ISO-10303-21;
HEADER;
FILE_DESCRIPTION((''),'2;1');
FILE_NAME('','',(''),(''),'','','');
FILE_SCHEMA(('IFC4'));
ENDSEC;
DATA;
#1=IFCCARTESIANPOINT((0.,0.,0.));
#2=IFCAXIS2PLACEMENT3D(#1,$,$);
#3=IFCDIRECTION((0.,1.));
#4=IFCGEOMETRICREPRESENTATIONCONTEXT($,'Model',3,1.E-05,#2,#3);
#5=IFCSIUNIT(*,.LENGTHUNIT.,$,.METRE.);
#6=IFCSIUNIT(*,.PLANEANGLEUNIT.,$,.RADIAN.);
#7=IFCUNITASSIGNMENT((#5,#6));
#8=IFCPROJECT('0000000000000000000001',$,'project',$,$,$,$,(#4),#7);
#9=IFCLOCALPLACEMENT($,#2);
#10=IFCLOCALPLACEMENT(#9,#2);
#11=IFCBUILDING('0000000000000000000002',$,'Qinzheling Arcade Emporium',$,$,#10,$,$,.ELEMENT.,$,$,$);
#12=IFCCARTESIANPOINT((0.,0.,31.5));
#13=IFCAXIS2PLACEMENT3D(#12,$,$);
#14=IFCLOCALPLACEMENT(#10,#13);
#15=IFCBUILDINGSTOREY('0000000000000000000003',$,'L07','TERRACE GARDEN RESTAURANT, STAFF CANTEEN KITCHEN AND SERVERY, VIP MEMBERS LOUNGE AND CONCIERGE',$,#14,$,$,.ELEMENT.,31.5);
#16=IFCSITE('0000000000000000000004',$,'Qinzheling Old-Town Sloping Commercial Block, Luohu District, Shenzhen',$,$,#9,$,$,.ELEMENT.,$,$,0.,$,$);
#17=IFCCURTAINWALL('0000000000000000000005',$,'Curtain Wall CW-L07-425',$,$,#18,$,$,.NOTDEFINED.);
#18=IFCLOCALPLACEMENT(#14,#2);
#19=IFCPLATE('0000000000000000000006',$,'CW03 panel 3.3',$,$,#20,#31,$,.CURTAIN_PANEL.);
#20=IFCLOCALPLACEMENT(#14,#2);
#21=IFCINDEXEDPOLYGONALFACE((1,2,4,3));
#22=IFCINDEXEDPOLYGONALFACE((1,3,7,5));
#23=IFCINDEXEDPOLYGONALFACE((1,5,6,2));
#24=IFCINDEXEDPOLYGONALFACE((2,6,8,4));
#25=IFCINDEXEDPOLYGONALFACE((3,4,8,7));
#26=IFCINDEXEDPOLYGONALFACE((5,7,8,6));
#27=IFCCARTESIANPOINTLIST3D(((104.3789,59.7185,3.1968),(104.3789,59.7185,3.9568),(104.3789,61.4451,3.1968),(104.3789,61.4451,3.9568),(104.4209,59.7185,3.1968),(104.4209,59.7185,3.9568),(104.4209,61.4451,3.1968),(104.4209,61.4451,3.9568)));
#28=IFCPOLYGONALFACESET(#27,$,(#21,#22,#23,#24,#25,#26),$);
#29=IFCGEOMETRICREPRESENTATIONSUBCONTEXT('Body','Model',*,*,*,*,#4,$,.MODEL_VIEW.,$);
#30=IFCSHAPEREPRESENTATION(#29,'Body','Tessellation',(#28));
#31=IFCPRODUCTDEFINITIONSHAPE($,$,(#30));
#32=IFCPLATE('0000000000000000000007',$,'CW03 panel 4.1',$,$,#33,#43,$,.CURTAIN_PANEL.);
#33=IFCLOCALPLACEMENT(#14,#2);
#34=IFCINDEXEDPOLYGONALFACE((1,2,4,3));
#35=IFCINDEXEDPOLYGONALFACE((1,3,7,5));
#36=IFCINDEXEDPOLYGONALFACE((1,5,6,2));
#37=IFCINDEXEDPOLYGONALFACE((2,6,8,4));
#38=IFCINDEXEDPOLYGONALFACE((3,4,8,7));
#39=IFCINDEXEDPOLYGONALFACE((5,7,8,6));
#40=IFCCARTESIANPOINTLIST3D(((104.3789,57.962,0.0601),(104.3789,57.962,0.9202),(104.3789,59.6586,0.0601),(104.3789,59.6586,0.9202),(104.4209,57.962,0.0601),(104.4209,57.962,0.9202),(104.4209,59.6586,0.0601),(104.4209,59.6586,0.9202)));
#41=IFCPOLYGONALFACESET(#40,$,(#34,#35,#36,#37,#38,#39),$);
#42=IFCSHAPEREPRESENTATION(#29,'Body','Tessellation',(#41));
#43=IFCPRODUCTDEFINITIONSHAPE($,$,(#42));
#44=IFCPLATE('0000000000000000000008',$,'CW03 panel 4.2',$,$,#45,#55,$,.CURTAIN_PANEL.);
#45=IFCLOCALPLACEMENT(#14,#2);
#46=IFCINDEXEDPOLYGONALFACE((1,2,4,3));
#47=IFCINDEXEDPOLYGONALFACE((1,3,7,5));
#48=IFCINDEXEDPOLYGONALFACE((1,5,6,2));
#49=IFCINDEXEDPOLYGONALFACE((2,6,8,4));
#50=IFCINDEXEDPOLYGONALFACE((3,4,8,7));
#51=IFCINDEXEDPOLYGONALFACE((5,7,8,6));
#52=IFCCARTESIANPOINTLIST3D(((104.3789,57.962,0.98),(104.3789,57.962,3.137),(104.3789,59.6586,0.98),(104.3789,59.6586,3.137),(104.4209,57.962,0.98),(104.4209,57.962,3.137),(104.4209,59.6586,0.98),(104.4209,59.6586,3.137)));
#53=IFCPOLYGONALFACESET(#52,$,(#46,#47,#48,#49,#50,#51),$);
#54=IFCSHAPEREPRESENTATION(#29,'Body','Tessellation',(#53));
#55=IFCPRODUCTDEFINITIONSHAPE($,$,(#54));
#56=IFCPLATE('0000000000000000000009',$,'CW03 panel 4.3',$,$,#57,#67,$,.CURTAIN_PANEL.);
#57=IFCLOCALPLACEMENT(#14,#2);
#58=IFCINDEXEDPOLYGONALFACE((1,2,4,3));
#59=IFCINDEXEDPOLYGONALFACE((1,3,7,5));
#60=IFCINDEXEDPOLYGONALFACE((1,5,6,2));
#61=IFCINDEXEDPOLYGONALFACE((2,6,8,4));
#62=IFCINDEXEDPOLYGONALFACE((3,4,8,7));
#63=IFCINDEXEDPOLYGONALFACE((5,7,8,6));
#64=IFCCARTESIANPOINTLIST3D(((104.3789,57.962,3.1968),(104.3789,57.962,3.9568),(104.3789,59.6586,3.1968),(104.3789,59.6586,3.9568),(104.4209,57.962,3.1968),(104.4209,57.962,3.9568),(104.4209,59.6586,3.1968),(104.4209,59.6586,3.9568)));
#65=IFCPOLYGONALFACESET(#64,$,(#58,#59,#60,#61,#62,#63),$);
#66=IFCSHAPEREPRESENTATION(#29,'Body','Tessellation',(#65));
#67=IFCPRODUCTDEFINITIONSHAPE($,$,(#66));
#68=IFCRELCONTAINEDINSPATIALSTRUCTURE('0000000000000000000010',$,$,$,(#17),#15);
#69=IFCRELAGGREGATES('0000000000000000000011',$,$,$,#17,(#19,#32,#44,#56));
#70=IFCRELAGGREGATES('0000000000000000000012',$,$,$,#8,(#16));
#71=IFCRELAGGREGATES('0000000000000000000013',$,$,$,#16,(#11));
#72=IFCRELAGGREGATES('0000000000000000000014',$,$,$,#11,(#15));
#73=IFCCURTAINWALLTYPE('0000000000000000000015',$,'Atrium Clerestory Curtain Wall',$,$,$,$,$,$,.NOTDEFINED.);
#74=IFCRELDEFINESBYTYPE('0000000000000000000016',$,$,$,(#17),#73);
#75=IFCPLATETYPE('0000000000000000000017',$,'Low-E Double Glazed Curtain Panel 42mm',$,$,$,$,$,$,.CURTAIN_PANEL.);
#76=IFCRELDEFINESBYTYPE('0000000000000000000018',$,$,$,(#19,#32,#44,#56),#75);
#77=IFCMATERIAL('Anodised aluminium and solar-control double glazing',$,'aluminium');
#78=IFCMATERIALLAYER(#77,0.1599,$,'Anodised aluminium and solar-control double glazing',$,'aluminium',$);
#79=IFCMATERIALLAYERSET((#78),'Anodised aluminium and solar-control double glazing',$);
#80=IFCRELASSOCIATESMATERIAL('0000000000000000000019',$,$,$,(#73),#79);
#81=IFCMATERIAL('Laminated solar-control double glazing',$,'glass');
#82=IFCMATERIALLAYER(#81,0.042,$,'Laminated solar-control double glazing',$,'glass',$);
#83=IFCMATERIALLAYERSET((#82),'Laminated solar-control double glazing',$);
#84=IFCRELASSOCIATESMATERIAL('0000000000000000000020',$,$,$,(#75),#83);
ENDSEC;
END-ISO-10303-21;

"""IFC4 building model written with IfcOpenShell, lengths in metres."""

from ifc_helpers import new_model, si_unit, direction, frame, origin, origin_2d, place, context, subcontext, project, spatial, rectangle, extrude, material, layer, layer_set, type_object, element, aggregate, save


model = new_model("IFC4")

# Units and contexts
model_context = context("Model", 3, precision=1e-05, world=origin(), true_north=direction((0.0, 1.0)))
body_context = subcontext(model_context, "Body", "Model", "MODEL_VIEW")
ifc_project = project(units=[si_unit("LENGTHUNIT", "METRE"), si_unit("PLANEANGLEUNIT", "RADIAN")], contexts=[model_context])

# Site, building, storey
site_placement = place(None, origin())
site = spatial("IfcSite", under=ifc_project, at=site_placement, Name="Qinzheling Old-Town Sloping Commercial Block, Luohu District, Shenzhen", CompositionType="ELEMENT", RefElevation=0.0)
building_placement = place(site_placement, origin())
building = spatial("IfcBuilding", under=site, at=building_placement, Name="Qinzheling Arcade Emporium", CompositionType="ELEMENT")
storey_placement = place(building_placement, frame((0.0, 0.0, 31.5)))
storey = spatial("IfcBuildingStorey", under=building, at=storey_placement, Name="L07", Description="TERRACE GARDEN RESTAURANT, STAFF CANTEEN KITCHEN AND SERVERY, VIP MEMBERS LOUNGE AND CONCIERGE", CompositionType="ELEMENT", Elevation=31.5)

# Curtain wall
ifc_material_1 = material(Name="Anodised aluminium and solar-control double glazing", Category="aluminium")
ifc_layer_1 = layer(ifc_material_1, 0.1599, Name="Anodised aluminium and solar-control double glazing", Category="aluminium")
ifc_layer_set_1 = layer_set([ifc_layer_1], Name="Anodised aluminium and solar-control double glazing")
curtain_wall_type = type_object("IfcCurtainWallType", Name="Atrium Clerestory Curtain Wall", PredefinedType="NOTDEFINED", material=ifc_layer_set_1)
curtain_wall_1_placement = place(storey_placement, origin())
curtain_wall_1 = element("IfcCurtainWall", 1, at=curtain_wall_1_placement, inside=storey, type_object=curtain_wall_type, Name="Curtain Wall CW-L07-425", PredefinedType="NOTDEFINED")

# Plates
ifc_material_2 = material(Name="Laminated solar-control double glazing", Category="glass")
ifc_layer_2 = layer(ifc_material_2, 0.042, Name="Laminated solar-control double glazing", Category="glass")
ifc_layer_set_2 = layer_set([ifc_layer_2], Name="Laminated solar-control double glazing")
plate_type = type_object("IfcPlateType", Name="Low-E Double Glazed Curtain Panel 42mm", PredefinedType="CURTAIN_PANEL", material=ifc_layer_set_2)
plate_1_placement = place(storey_placement, frame((104.3999, 60.5818, 3.1968), z_axis=(0.0, 0.0, 1.0), x_axis=(0.0, -1.0, 0.0)))
plate_1 = element("IfcPlate", 2, at=plate_1_placement, type_object=plate_type, Name="CW03 panel 3.3", PredefinedType="CURTAIN_PANEL", context=body_context, shape_type="SweptSolid", body=[
    extrude(rectangle(XDim=1.7266, YDim=0.042, at=origin_2d()), origin(), (0.0, 0.0, 1.0), 0.76),
])
plate_2_placement = place(storey_placement, frame((104.3999, 58.8103, 0.0601), z_axis=(0.0, 0.0, 1.0), x_axis=(0.0, -1.0, 0.0)))
plate_2 = element("IfcPlate", 3, at=plate_2_placement, type_object=plate_type, Name="CW03 panel 4.1", PredefinedType="CURTAIN_PANEL", context=body_context, shape_type="SweptSolid", body=[
    extrude(rectangle(XDim=1.6965, YDim=0.042, at=origin_2d()), origin(), (0.0, 0.0, 1.0), 0.8601),
])
plate_3_placement = place(storey_placement, frame((104.3999, 58.8103, 0.98), z_axis=(0.0, 0.0, 1.0), x_axis=(0.0, -1.0, 0.0)))
plate_3 = element("IfcPlate", 4, at=plate_3_placement, type_object=plate_type, Name="CW03 panel 4.2", PredefinedType="CURTAIN_PANEL", context=body_context, shape_type="SweptSolid", body=[
    extrude(rectangle(XDim=1.6965, YDim=0.042, at=origin_2d()), origin(), (0.0, 0.0, 1.0), 2.157),
])
plate_4_placement = place(storey_placement, frame((104.3999, 58.8103, 3.1968), z_axis=(0.0, 0.0, 1.0), x_axis=(0.0, -1.0, 0.0)))
plate_4 = element("IfcPlate", 5, at=plate_4_placement, type_object=plate_type, Name="CW03 panel 4.3", PredefinedType="CURTAIN_PANEL", context=body_context, shape_type="SweptSolid", body=[
    extrude(rectangle(XDim=1.6965, YDim=0.042, at=origin_2d()), origin(), (0.0, 0.0, 1.0), 0.76),
])
aggregate(curtain_wall_1, [plate_1, plate_2, plate_3, plate_4])

save(model, "model.ifc")
